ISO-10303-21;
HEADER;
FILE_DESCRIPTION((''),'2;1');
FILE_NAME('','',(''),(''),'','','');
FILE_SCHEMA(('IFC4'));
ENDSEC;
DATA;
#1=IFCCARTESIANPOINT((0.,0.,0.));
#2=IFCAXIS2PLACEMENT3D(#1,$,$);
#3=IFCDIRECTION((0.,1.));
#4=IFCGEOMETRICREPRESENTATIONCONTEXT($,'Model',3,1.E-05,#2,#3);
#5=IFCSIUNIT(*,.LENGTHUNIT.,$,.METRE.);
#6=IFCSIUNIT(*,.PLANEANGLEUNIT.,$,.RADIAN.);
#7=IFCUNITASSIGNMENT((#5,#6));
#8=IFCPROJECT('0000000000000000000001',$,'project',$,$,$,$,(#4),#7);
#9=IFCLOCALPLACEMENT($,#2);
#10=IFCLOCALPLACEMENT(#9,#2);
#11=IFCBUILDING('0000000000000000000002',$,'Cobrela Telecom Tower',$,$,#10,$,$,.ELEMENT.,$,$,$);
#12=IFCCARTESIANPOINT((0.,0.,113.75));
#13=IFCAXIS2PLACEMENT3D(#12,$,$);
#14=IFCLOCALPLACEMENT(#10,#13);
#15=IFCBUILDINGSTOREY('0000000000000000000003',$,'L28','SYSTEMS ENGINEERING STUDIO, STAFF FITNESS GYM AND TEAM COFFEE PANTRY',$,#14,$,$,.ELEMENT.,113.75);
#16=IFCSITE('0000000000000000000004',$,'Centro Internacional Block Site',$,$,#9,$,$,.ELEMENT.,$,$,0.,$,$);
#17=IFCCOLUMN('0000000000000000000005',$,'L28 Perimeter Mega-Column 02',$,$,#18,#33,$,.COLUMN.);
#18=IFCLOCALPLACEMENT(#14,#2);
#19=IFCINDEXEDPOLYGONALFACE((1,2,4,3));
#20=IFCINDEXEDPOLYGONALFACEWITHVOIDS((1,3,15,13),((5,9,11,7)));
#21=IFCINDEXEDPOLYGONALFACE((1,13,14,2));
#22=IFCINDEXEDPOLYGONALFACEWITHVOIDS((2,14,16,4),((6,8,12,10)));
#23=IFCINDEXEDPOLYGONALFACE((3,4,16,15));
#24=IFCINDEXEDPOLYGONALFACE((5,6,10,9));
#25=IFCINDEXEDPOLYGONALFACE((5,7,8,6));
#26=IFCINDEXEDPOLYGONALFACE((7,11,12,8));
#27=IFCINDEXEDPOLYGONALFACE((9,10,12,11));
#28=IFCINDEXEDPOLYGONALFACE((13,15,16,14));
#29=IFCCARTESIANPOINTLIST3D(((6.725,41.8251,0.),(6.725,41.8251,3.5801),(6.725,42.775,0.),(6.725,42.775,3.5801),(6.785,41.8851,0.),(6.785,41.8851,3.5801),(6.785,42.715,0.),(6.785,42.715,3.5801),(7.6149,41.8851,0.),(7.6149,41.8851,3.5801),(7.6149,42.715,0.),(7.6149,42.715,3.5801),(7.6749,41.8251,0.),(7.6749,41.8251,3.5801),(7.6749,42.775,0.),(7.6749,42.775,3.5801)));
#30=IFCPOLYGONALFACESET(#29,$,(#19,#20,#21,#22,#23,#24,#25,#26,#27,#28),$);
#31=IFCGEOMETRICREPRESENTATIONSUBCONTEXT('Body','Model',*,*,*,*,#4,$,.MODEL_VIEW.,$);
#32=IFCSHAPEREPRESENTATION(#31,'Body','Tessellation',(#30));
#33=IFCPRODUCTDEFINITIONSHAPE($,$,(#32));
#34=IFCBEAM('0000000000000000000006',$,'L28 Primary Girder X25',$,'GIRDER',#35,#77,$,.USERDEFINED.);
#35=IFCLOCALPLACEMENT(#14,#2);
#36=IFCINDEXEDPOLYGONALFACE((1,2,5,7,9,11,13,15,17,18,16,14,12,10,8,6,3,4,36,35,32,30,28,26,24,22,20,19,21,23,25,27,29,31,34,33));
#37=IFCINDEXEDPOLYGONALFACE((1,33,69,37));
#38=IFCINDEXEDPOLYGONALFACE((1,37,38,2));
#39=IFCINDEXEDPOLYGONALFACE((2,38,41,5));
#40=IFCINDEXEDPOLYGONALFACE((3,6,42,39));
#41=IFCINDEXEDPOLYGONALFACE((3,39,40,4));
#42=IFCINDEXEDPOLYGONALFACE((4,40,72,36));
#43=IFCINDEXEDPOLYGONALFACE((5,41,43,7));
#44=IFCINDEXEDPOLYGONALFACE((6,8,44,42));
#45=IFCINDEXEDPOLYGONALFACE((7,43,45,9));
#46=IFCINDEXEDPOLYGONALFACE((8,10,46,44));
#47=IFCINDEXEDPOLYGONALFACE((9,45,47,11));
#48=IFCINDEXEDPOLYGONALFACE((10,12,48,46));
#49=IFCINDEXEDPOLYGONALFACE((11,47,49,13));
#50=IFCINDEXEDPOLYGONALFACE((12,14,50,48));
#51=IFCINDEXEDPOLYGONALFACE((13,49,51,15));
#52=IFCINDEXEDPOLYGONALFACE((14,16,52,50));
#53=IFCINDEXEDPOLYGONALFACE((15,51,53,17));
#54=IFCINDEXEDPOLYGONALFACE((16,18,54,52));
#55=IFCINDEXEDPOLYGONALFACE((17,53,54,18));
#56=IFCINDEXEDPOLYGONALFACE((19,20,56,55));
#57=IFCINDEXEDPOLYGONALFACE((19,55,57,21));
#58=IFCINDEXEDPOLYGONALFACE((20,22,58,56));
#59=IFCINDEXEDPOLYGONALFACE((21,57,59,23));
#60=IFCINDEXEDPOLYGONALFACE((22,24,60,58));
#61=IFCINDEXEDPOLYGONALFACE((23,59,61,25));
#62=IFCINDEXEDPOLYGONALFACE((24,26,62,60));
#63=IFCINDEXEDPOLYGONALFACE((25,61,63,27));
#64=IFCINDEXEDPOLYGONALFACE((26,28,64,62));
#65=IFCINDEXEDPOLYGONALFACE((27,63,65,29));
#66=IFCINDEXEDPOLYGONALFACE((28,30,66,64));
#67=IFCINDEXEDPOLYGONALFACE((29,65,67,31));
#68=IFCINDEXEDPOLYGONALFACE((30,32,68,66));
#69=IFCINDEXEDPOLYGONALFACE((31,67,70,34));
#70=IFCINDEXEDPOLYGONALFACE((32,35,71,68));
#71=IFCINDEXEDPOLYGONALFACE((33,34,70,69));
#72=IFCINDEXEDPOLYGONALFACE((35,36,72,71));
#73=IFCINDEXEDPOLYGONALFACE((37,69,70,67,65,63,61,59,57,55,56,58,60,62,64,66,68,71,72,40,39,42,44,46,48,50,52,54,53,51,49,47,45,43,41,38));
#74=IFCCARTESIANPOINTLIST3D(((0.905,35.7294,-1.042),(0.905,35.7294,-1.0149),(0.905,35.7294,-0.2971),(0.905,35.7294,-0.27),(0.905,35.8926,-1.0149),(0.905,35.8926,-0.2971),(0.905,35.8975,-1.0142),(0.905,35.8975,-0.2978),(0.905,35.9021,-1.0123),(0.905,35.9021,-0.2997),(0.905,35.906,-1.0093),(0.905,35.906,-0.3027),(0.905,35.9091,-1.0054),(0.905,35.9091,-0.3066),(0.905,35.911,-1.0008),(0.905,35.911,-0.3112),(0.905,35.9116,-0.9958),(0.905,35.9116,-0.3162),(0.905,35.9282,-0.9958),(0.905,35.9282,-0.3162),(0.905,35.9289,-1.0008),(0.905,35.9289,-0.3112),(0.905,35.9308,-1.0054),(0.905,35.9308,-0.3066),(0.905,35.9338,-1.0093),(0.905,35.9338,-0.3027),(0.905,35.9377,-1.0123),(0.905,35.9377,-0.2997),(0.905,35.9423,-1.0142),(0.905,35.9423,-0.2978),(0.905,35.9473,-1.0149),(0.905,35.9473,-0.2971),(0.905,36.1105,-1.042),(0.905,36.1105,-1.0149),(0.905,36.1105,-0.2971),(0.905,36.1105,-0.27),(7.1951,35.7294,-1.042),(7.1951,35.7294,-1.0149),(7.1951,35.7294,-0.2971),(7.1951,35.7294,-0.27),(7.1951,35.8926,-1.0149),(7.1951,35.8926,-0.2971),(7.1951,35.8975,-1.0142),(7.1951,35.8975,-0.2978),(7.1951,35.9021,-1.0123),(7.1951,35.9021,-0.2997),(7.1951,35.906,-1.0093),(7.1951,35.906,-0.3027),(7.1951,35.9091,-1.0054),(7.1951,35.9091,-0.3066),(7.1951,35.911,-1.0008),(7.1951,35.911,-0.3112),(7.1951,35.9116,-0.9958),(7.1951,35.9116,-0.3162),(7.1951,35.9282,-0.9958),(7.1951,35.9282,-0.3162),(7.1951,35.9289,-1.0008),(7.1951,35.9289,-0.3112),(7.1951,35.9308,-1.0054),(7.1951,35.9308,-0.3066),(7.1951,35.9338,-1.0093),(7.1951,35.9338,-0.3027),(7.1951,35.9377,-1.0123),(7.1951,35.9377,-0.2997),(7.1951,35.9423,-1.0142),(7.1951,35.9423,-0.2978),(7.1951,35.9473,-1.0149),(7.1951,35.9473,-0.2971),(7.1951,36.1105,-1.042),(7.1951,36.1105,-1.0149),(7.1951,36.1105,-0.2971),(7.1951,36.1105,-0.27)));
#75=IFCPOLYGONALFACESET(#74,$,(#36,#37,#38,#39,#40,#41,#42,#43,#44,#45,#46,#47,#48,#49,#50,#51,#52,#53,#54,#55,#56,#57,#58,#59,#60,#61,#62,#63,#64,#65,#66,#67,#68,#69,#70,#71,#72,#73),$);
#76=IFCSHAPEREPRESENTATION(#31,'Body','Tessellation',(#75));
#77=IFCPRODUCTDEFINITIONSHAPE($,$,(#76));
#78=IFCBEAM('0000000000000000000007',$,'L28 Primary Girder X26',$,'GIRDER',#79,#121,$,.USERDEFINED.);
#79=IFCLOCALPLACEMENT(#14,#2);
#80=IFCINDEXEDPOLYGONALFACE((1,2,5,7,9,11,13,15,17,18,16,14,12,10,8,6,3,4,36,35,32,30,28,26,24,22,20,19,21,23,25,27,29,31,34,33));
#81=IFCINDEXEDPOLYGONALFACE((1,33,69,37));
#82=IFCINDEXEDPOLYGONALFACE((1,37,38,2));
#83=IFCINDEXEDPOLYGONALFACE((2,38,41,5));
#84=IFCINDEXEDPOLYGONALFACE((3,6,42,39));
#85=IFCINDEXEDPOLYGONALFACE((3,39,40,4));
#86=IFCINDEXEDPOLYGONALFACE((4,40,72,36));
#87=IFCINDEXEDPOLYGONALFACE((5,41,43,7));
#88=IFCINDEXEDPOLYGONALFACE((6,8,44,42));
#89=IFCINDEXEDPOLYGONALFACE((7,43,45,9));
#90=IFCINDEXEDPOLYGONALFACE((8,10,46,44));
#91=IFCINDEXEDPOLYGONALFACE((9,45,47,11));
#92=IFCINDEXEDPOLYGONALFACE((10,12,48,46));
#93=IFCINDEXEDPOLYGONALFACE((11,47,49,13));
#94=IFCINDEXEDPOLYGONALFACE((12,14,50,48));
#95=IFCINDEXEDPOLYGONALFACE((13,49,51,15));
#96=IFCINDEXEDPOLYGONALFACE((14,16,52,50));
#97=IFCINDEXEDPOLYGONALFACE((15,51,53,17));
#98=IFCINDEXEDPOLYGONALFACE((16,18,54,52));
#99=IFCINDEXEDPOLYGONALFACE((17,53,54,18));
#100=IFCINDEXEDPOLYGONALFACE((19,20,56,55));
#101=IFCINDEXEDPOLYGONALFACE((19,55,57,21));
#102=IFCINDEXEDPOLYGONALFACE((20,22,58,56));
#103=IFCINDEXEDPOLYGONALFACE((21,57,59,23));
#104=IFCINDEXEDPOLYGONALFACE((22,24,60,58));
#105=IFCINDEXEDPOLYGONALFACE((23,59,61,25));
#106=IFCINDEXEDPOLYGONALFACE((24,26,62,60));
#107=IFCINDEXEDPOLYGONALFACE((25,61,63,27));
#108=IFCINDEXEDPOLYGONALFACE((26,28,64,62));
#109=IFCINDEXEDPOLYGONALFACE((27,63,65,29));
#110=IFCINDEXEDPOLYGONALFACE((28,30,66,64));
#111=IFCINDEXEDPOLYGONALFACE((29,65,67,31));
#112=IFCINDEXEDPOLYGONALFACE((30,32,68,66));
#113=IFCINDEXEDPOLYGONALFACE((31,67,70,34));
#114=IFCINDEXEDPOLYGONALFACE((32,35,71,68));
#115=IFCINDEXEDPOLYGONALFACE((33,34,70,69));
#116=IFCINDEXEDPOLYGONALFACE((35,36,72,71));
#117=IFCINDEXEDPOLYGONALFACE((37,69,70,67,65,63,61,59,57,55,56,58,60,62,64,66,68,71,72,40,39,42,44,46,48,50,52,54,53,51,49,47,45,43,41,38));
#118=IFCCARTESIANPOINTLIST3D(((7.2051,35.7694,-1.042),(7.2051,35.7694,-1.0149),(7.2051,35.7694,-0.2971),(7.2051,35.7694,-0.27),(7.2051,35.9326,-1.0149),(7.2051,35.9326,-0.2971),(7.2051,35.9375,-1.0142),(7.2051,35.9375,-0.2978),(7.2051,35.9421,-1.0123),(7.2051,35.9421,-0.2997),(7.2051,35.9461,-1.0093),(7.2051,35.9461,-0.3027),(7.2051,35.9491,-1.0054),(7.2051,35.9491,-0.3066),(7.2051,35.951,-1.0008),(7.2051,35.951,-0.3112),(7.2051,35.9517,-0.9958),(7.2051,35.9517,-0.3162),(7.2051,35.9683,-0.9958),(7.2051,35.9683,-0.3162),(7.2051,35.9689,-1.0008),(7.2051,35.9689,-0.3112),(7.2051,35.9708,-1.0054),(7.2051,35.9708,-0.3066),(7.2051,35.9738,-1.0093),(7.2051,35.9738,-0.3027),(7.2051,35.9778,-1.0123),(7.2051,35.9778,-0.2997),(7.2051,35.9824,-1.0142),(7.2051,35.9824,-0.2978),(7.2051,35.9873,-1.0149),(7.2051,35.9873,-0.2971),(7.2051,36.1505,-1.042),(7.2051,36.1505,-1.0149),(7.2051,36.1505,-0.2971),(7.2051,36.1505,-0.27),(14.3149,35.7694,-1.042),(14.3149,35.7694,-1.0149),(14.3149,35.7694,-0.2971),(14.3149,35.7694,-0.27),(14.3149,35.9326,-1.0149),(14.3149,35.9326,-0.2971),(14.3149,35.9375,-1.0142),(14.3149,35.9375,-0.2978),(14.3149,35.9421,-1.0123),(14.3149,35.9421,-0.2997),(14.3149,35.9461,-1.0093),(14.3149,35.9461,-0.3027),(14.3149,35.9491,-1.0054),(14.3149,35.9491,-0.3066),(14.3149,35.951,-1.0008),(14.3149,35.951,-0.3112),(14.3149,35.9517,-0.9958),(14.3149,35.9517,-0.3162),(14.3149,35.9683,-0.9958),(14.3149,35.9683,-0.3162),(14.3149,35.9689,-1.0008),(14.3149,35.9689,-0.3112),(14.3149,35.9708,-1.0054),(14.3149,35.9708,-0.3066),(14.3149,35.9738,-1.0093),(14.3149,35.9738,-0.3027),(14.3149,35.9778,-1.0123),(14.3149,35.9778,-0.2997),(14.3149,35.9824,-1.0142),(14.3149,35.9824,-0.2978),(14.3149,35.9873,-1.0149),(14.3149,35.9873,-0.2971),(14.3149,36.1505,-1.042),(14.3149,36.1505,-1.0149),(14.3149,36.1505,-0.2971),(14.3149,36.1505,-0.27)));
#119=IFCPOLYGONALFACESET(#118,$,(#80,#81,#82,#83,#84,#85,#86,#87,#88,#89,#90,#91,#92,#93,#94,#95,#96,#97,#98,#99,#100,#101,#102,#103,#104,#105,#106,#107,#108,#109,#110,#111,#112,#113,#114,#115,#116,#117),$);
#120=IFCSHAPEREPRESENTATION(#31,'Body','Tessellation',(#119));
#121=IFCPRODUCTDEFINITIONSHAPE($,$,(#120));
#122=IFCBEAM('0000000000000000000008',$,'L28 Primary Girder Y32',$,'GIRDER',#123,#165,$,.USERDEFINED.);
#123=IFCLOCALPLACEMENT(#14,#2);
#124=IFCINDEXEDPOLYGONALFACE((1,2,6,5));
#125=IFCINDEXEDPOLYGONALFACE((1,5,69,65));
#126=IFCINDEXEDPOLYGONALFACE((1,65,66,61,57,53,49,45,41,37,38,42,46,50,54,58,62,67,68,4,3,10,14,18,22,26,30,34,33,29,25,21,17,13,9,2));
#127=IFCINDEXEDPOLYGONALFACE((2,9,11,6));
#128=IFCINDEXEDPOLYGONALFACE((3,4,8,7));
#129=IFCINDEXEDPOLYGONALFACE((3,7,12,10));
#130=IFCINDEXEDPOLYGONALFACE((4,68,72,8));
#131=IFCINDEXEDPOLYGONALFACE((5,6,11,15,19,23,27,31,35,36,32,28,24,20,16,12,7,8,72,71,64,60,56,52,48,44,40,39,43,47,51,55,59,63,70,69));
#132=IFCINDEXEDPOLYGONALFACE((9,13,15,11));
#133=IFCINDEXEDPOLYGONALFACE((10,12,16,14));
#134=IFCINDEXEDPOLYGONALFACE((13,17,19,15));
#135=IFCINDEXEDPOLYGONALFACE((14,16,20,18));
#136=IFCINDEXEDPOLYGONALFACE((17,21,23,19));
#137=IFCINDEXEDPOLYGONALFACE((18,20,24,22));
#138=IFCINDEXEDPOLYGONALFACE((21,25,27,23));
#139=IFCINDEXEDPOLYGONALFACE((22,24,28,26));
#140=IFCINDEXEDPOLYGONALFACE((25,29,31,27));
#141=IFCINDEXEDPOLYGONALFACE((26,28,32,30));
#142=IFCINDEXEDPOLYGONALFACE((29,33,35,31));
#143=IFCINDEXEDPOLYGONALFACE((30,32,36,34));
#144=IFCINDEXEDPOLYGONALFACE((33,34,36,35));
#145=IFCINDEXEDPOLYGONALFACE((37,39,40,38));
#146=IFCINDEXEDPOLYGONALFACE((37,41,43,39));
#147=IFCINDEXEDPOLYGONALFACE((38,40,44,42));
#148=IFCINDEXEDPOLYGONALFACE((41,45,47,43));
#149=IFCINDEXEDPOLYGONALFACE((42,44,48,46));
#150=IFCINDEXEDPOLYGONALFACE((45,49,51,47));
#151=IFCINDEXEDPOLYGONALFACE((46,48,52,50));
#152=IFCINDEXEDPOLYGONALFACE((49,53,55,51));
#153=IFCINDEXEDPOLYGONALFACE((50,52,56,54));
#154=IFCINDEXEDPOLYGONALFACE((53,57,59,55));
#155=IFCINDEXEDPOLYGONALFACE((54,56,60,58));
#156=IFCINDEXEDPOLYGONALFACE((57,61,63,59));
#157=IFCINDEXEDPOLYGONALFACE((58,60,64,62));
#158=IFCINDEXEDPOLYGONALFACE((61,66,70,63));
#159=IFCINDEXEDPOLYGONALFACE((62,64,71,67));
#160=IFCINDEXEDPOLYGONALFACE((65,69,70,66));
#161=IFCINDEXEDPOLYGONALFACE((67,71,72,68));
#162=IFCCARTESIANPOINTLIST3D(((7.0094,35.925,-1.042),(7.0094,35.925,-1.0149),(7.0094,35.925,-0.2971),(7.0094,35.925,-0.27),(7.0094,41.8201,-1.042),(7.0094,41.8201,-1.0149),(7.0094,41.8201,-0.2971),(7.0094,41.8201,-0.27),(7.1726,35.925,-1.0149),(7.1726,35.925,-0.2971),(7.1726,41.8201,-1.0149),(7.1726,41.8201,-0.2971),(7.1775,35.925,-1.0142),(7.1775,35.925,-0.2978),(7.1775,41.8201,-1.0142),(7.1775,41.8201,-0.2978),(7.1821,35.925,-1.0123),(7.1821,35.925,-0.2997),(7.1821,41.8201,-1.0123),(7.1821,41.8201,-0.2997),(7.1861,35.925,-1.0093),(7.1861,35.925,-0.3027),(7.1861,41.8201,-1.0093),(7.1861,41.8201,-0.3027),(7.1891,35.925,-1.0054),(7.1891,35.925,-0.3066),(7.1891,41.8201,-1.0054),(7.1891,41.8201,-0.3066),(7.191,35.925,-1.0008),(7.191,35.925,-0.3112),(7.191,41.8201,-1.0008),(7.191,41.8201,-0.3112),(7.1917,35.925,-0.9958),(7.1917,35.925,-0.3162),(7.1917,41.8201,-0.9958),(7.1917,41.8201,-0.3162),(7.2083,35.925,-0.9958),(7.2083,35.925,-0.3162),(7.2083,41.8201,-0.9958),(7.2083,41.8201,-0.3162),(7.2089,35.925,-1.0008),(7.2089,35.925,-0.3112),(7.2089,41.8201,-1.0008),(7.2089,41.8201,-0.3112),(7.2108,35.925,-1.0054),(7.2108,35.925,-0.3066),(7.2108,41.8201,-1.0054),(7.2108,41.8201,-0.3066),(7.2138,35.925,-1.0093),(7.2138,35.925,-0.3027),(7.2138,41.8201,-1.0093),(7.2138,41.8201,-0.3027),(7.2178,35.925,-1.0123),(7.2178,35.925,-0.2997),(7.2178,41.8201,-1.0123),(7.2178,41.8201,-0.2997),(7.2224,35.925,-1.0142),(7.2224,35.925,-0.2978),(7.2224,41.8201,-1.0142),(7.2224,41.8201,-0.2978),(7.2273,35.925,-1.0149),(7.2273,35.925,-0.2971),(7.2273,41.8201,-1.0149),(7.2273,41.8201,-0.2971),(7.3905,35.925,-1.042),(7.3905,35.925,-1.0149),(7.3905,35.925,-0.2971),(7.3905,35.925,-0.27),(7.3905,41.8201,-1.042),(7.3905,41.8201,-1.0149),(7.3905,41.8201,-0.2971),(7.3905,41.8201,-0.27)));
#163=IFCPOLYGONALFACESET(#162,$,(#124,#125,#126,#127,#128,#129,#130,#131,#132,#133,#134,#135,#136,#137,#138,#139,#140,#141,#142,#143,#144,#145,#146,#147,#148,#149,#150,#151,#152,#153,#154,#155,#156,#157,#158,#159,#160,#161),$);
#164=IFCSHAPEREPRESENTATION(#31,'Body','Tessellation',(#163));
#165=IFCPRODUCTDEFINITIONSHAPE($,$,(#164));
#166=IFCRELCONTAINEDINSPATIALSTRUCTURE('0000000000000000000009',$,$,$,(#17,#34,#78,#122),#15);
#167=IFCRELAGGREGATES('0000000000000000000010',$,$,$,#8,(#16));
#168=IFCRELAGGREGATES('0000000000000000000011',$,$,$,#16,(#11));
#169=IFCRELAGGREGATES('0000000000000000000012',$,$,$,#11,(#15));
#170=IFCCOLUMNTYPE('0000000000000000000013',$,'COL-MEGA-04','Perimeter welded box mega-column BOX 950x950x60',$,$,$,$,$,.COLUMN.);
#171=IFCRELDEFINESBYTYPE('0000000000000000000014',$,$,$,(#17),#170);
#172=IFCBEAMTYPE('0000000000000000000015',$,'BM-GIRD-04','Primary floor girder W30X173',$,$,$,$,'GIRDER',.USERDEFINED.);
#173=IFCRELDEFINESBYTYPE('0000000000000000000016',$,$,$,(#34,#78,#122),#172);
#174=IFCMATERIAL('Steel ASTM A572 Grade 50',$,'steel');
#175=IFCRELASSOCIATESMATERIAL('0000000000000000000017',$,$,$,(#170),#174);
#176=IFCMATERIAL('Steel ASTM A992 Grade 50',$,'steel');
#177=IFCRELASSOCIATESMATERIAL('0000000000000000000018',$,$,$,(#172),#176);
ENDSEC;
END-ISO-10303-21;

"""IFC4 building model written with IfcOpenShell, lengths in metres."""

from ifc_helpers import new_model, si_unit, direction, frame, origin, origin_2d, place, context, subcontext, project, spatial, hollow_rectangle, i_section, extrude, material, material_profile, profile_set, type_object, element, save


model = new_model("IFC4")

# Units and contexts
model_context = context("Model", 3, precision=1e-05, world=origin(), true_north=direction((0.0, 1.0)))
body_context = subcontext(model_context, "Body", "Model", "MODEL_VIEW")
ifc_project = project(units=[si_unit("LENGTHUNIT", "METRE"), si_unit("PLANEANGLEUNIT", "RADIAN")], contexts=[model_context])

# Site, building, storey
site_placement = place(None, origin())
site = spatial("IfcSite", under=ifc_project, at=site_placement, Name="Centro Internacional Block Site", CompositionType="ELEMENT", RefElevation=0.0)
building_placement = place(site_placement, origin())
building = spatial("IfcBuilding", under=site, at=building_placement, Name="Cobrela Telecom Tower", CompositionType="ELEMENT")
storey_placement = place(building_placement, frame((0.0, 0.0, 113.75)))
storey = spatial("IfcBuildingStorey", under=building, at=storey_placement, Name="L28", Description="SYSTEMS ENGINEERING STUDIO, STAFF FITNESS GYM AND TEAM COFFEE PANTRY", CompositionType="ELEMENT", Elevation=113.75)

# Column
ifc_material_1 = material(Name="Steel ASTM A572 Grade 50", Category="steel")
ifc_material_profile_1 = material_profile(ifc_material_1, hollow_rectangle(XDim=0.95, YDim=0.95, WallThickness=0.0601, at=origin_2d()), Name="BOX 950x950x60")
ifc_profile_set_1 = profile_set([ifc_material_profile_1], Name="Steel ASTM A572 Grade 50")
column_type = type_object("IfcColumnType", Name="COL-MEGA-04", Description="Perimeter welded box mega-column BOX 950x950x60", PredefinedType="COLUMN", material=ifc_profile_set_1)
column_placement = place(storey_placement, frame((7.2, 42.3, 0.0), z_axis=(0.0, 0.0, 1.0), x_axis=(1.0, 0.0, 0.0)))
element("IfcColumn", 1, at=column_placement, inside=storey, type_object=column_type, Name="L28 Perimeter Mega-Column 02", PredefinedType="COLUMN", context=body_context, shape_type="SweptSolid", body=[
    extrude(hollow_rectangle(XDim=0.95, YDim=0.95, WallThickness=0.0601, at=origin_2d()), origin(), (0.0, 0.0, 1.0), 3.5801),
])

# Beams
ifc_material_2 = material(Name="Steel ASTM A992 Grade 50", Category="steel")
ifc_material_profile_2 = material_profile(ifc_material_2, i_section(OverallWidth=0.3811, OverallDepth=0.772, WebThickness=0.0166, FlangeThickness=0.0271, FilletRadius=0.019, at=origin_2d()), Name="W30X173")
ifc_profile_set_2 = profile_set([ifc_material_profile_2], Name="Steel ASTM A992 Grade 50")
beam_type_1 = type_object("IfcBeamType", Name="BM-GIRD-04", Description="Primary floor girder W30X173", ElementType="GIRDER", PredefinedType="USERDEFINED", material=ifc_profile_set_2)
beam_1_placement = place(storey_placement, frame((0.905, 35.9199, -0.656), z_axis=(1.0, 0.0, 0.0), x_axis=(0.0, 1.0, 0.0)))
element("IfcBeam", 2, at=beam_1_placement, inside=storey, type_object=beam_type_1, Name="L28 Primary Girder X25", ObjectType="GIRDER", PredefinedType="USERDEFINED", context=body_context, shape_type="SweptSolid", body=[
    extrude(i_section(OverallWidth=0.3811, OverallDepth=0.772, WebThickness=0.0166, FlangeThickness=0.0271, FilletRadius=0.019, at=origin_2d()), origin(), (0.0, 0.0, 1.0), 6.29),
])
beam_2_placement = place(storey_placement, frame((7.2051, 35.96, -0.656), z_axis=(1.0, 0.0, 0.0), x_axis=(0.0, 1.0, 0.0)))
element("IfcBeam", 3, at=beam_2_placement, inside=storey, type_object=beam_type_1, Name="L28 Primary Girder X26", ObjectType="GIRDER", PredefinedType="USERDEFINED", context=body_context, shape_type="SweptSolid", body=[
    extrude(i_section(OverallWidth=0.3811, OverallDepth=0.772, WebThickness=0.0166, FlangeThickness=0.0271, FilletRadius=0.019, at=origin_2d()), origin(), (0.0, 0.0, 1.0), 7.1099),
])
beam_3_placement = place(storey_placement, frame((7.2, 35.925, -0.656), z_axis=(0.0, 1.0, 0.0), x_axis=(-1.0, 0.0, 0.0)))
element("IfcBeam", 4, at=beam_3_placement, inside=storey, type_object=beam_type_1, Name="L28 Primary Girder Y32", ObjectType="GIRDER", PredefinedType="USERDEFINED", context=body_context, shape_type="SweptSolid", body=[
    extrude(i_section(OverallWidth=0.3811, OverallDepth=0.772, WebThickness=0.0166, FlangeThickness=0.0271, FilletRadius=0.019, at=origin_2d()), origin(), (0.0, 0.0, 1.0), 5.895),
])

save(model, "model.ifc")
